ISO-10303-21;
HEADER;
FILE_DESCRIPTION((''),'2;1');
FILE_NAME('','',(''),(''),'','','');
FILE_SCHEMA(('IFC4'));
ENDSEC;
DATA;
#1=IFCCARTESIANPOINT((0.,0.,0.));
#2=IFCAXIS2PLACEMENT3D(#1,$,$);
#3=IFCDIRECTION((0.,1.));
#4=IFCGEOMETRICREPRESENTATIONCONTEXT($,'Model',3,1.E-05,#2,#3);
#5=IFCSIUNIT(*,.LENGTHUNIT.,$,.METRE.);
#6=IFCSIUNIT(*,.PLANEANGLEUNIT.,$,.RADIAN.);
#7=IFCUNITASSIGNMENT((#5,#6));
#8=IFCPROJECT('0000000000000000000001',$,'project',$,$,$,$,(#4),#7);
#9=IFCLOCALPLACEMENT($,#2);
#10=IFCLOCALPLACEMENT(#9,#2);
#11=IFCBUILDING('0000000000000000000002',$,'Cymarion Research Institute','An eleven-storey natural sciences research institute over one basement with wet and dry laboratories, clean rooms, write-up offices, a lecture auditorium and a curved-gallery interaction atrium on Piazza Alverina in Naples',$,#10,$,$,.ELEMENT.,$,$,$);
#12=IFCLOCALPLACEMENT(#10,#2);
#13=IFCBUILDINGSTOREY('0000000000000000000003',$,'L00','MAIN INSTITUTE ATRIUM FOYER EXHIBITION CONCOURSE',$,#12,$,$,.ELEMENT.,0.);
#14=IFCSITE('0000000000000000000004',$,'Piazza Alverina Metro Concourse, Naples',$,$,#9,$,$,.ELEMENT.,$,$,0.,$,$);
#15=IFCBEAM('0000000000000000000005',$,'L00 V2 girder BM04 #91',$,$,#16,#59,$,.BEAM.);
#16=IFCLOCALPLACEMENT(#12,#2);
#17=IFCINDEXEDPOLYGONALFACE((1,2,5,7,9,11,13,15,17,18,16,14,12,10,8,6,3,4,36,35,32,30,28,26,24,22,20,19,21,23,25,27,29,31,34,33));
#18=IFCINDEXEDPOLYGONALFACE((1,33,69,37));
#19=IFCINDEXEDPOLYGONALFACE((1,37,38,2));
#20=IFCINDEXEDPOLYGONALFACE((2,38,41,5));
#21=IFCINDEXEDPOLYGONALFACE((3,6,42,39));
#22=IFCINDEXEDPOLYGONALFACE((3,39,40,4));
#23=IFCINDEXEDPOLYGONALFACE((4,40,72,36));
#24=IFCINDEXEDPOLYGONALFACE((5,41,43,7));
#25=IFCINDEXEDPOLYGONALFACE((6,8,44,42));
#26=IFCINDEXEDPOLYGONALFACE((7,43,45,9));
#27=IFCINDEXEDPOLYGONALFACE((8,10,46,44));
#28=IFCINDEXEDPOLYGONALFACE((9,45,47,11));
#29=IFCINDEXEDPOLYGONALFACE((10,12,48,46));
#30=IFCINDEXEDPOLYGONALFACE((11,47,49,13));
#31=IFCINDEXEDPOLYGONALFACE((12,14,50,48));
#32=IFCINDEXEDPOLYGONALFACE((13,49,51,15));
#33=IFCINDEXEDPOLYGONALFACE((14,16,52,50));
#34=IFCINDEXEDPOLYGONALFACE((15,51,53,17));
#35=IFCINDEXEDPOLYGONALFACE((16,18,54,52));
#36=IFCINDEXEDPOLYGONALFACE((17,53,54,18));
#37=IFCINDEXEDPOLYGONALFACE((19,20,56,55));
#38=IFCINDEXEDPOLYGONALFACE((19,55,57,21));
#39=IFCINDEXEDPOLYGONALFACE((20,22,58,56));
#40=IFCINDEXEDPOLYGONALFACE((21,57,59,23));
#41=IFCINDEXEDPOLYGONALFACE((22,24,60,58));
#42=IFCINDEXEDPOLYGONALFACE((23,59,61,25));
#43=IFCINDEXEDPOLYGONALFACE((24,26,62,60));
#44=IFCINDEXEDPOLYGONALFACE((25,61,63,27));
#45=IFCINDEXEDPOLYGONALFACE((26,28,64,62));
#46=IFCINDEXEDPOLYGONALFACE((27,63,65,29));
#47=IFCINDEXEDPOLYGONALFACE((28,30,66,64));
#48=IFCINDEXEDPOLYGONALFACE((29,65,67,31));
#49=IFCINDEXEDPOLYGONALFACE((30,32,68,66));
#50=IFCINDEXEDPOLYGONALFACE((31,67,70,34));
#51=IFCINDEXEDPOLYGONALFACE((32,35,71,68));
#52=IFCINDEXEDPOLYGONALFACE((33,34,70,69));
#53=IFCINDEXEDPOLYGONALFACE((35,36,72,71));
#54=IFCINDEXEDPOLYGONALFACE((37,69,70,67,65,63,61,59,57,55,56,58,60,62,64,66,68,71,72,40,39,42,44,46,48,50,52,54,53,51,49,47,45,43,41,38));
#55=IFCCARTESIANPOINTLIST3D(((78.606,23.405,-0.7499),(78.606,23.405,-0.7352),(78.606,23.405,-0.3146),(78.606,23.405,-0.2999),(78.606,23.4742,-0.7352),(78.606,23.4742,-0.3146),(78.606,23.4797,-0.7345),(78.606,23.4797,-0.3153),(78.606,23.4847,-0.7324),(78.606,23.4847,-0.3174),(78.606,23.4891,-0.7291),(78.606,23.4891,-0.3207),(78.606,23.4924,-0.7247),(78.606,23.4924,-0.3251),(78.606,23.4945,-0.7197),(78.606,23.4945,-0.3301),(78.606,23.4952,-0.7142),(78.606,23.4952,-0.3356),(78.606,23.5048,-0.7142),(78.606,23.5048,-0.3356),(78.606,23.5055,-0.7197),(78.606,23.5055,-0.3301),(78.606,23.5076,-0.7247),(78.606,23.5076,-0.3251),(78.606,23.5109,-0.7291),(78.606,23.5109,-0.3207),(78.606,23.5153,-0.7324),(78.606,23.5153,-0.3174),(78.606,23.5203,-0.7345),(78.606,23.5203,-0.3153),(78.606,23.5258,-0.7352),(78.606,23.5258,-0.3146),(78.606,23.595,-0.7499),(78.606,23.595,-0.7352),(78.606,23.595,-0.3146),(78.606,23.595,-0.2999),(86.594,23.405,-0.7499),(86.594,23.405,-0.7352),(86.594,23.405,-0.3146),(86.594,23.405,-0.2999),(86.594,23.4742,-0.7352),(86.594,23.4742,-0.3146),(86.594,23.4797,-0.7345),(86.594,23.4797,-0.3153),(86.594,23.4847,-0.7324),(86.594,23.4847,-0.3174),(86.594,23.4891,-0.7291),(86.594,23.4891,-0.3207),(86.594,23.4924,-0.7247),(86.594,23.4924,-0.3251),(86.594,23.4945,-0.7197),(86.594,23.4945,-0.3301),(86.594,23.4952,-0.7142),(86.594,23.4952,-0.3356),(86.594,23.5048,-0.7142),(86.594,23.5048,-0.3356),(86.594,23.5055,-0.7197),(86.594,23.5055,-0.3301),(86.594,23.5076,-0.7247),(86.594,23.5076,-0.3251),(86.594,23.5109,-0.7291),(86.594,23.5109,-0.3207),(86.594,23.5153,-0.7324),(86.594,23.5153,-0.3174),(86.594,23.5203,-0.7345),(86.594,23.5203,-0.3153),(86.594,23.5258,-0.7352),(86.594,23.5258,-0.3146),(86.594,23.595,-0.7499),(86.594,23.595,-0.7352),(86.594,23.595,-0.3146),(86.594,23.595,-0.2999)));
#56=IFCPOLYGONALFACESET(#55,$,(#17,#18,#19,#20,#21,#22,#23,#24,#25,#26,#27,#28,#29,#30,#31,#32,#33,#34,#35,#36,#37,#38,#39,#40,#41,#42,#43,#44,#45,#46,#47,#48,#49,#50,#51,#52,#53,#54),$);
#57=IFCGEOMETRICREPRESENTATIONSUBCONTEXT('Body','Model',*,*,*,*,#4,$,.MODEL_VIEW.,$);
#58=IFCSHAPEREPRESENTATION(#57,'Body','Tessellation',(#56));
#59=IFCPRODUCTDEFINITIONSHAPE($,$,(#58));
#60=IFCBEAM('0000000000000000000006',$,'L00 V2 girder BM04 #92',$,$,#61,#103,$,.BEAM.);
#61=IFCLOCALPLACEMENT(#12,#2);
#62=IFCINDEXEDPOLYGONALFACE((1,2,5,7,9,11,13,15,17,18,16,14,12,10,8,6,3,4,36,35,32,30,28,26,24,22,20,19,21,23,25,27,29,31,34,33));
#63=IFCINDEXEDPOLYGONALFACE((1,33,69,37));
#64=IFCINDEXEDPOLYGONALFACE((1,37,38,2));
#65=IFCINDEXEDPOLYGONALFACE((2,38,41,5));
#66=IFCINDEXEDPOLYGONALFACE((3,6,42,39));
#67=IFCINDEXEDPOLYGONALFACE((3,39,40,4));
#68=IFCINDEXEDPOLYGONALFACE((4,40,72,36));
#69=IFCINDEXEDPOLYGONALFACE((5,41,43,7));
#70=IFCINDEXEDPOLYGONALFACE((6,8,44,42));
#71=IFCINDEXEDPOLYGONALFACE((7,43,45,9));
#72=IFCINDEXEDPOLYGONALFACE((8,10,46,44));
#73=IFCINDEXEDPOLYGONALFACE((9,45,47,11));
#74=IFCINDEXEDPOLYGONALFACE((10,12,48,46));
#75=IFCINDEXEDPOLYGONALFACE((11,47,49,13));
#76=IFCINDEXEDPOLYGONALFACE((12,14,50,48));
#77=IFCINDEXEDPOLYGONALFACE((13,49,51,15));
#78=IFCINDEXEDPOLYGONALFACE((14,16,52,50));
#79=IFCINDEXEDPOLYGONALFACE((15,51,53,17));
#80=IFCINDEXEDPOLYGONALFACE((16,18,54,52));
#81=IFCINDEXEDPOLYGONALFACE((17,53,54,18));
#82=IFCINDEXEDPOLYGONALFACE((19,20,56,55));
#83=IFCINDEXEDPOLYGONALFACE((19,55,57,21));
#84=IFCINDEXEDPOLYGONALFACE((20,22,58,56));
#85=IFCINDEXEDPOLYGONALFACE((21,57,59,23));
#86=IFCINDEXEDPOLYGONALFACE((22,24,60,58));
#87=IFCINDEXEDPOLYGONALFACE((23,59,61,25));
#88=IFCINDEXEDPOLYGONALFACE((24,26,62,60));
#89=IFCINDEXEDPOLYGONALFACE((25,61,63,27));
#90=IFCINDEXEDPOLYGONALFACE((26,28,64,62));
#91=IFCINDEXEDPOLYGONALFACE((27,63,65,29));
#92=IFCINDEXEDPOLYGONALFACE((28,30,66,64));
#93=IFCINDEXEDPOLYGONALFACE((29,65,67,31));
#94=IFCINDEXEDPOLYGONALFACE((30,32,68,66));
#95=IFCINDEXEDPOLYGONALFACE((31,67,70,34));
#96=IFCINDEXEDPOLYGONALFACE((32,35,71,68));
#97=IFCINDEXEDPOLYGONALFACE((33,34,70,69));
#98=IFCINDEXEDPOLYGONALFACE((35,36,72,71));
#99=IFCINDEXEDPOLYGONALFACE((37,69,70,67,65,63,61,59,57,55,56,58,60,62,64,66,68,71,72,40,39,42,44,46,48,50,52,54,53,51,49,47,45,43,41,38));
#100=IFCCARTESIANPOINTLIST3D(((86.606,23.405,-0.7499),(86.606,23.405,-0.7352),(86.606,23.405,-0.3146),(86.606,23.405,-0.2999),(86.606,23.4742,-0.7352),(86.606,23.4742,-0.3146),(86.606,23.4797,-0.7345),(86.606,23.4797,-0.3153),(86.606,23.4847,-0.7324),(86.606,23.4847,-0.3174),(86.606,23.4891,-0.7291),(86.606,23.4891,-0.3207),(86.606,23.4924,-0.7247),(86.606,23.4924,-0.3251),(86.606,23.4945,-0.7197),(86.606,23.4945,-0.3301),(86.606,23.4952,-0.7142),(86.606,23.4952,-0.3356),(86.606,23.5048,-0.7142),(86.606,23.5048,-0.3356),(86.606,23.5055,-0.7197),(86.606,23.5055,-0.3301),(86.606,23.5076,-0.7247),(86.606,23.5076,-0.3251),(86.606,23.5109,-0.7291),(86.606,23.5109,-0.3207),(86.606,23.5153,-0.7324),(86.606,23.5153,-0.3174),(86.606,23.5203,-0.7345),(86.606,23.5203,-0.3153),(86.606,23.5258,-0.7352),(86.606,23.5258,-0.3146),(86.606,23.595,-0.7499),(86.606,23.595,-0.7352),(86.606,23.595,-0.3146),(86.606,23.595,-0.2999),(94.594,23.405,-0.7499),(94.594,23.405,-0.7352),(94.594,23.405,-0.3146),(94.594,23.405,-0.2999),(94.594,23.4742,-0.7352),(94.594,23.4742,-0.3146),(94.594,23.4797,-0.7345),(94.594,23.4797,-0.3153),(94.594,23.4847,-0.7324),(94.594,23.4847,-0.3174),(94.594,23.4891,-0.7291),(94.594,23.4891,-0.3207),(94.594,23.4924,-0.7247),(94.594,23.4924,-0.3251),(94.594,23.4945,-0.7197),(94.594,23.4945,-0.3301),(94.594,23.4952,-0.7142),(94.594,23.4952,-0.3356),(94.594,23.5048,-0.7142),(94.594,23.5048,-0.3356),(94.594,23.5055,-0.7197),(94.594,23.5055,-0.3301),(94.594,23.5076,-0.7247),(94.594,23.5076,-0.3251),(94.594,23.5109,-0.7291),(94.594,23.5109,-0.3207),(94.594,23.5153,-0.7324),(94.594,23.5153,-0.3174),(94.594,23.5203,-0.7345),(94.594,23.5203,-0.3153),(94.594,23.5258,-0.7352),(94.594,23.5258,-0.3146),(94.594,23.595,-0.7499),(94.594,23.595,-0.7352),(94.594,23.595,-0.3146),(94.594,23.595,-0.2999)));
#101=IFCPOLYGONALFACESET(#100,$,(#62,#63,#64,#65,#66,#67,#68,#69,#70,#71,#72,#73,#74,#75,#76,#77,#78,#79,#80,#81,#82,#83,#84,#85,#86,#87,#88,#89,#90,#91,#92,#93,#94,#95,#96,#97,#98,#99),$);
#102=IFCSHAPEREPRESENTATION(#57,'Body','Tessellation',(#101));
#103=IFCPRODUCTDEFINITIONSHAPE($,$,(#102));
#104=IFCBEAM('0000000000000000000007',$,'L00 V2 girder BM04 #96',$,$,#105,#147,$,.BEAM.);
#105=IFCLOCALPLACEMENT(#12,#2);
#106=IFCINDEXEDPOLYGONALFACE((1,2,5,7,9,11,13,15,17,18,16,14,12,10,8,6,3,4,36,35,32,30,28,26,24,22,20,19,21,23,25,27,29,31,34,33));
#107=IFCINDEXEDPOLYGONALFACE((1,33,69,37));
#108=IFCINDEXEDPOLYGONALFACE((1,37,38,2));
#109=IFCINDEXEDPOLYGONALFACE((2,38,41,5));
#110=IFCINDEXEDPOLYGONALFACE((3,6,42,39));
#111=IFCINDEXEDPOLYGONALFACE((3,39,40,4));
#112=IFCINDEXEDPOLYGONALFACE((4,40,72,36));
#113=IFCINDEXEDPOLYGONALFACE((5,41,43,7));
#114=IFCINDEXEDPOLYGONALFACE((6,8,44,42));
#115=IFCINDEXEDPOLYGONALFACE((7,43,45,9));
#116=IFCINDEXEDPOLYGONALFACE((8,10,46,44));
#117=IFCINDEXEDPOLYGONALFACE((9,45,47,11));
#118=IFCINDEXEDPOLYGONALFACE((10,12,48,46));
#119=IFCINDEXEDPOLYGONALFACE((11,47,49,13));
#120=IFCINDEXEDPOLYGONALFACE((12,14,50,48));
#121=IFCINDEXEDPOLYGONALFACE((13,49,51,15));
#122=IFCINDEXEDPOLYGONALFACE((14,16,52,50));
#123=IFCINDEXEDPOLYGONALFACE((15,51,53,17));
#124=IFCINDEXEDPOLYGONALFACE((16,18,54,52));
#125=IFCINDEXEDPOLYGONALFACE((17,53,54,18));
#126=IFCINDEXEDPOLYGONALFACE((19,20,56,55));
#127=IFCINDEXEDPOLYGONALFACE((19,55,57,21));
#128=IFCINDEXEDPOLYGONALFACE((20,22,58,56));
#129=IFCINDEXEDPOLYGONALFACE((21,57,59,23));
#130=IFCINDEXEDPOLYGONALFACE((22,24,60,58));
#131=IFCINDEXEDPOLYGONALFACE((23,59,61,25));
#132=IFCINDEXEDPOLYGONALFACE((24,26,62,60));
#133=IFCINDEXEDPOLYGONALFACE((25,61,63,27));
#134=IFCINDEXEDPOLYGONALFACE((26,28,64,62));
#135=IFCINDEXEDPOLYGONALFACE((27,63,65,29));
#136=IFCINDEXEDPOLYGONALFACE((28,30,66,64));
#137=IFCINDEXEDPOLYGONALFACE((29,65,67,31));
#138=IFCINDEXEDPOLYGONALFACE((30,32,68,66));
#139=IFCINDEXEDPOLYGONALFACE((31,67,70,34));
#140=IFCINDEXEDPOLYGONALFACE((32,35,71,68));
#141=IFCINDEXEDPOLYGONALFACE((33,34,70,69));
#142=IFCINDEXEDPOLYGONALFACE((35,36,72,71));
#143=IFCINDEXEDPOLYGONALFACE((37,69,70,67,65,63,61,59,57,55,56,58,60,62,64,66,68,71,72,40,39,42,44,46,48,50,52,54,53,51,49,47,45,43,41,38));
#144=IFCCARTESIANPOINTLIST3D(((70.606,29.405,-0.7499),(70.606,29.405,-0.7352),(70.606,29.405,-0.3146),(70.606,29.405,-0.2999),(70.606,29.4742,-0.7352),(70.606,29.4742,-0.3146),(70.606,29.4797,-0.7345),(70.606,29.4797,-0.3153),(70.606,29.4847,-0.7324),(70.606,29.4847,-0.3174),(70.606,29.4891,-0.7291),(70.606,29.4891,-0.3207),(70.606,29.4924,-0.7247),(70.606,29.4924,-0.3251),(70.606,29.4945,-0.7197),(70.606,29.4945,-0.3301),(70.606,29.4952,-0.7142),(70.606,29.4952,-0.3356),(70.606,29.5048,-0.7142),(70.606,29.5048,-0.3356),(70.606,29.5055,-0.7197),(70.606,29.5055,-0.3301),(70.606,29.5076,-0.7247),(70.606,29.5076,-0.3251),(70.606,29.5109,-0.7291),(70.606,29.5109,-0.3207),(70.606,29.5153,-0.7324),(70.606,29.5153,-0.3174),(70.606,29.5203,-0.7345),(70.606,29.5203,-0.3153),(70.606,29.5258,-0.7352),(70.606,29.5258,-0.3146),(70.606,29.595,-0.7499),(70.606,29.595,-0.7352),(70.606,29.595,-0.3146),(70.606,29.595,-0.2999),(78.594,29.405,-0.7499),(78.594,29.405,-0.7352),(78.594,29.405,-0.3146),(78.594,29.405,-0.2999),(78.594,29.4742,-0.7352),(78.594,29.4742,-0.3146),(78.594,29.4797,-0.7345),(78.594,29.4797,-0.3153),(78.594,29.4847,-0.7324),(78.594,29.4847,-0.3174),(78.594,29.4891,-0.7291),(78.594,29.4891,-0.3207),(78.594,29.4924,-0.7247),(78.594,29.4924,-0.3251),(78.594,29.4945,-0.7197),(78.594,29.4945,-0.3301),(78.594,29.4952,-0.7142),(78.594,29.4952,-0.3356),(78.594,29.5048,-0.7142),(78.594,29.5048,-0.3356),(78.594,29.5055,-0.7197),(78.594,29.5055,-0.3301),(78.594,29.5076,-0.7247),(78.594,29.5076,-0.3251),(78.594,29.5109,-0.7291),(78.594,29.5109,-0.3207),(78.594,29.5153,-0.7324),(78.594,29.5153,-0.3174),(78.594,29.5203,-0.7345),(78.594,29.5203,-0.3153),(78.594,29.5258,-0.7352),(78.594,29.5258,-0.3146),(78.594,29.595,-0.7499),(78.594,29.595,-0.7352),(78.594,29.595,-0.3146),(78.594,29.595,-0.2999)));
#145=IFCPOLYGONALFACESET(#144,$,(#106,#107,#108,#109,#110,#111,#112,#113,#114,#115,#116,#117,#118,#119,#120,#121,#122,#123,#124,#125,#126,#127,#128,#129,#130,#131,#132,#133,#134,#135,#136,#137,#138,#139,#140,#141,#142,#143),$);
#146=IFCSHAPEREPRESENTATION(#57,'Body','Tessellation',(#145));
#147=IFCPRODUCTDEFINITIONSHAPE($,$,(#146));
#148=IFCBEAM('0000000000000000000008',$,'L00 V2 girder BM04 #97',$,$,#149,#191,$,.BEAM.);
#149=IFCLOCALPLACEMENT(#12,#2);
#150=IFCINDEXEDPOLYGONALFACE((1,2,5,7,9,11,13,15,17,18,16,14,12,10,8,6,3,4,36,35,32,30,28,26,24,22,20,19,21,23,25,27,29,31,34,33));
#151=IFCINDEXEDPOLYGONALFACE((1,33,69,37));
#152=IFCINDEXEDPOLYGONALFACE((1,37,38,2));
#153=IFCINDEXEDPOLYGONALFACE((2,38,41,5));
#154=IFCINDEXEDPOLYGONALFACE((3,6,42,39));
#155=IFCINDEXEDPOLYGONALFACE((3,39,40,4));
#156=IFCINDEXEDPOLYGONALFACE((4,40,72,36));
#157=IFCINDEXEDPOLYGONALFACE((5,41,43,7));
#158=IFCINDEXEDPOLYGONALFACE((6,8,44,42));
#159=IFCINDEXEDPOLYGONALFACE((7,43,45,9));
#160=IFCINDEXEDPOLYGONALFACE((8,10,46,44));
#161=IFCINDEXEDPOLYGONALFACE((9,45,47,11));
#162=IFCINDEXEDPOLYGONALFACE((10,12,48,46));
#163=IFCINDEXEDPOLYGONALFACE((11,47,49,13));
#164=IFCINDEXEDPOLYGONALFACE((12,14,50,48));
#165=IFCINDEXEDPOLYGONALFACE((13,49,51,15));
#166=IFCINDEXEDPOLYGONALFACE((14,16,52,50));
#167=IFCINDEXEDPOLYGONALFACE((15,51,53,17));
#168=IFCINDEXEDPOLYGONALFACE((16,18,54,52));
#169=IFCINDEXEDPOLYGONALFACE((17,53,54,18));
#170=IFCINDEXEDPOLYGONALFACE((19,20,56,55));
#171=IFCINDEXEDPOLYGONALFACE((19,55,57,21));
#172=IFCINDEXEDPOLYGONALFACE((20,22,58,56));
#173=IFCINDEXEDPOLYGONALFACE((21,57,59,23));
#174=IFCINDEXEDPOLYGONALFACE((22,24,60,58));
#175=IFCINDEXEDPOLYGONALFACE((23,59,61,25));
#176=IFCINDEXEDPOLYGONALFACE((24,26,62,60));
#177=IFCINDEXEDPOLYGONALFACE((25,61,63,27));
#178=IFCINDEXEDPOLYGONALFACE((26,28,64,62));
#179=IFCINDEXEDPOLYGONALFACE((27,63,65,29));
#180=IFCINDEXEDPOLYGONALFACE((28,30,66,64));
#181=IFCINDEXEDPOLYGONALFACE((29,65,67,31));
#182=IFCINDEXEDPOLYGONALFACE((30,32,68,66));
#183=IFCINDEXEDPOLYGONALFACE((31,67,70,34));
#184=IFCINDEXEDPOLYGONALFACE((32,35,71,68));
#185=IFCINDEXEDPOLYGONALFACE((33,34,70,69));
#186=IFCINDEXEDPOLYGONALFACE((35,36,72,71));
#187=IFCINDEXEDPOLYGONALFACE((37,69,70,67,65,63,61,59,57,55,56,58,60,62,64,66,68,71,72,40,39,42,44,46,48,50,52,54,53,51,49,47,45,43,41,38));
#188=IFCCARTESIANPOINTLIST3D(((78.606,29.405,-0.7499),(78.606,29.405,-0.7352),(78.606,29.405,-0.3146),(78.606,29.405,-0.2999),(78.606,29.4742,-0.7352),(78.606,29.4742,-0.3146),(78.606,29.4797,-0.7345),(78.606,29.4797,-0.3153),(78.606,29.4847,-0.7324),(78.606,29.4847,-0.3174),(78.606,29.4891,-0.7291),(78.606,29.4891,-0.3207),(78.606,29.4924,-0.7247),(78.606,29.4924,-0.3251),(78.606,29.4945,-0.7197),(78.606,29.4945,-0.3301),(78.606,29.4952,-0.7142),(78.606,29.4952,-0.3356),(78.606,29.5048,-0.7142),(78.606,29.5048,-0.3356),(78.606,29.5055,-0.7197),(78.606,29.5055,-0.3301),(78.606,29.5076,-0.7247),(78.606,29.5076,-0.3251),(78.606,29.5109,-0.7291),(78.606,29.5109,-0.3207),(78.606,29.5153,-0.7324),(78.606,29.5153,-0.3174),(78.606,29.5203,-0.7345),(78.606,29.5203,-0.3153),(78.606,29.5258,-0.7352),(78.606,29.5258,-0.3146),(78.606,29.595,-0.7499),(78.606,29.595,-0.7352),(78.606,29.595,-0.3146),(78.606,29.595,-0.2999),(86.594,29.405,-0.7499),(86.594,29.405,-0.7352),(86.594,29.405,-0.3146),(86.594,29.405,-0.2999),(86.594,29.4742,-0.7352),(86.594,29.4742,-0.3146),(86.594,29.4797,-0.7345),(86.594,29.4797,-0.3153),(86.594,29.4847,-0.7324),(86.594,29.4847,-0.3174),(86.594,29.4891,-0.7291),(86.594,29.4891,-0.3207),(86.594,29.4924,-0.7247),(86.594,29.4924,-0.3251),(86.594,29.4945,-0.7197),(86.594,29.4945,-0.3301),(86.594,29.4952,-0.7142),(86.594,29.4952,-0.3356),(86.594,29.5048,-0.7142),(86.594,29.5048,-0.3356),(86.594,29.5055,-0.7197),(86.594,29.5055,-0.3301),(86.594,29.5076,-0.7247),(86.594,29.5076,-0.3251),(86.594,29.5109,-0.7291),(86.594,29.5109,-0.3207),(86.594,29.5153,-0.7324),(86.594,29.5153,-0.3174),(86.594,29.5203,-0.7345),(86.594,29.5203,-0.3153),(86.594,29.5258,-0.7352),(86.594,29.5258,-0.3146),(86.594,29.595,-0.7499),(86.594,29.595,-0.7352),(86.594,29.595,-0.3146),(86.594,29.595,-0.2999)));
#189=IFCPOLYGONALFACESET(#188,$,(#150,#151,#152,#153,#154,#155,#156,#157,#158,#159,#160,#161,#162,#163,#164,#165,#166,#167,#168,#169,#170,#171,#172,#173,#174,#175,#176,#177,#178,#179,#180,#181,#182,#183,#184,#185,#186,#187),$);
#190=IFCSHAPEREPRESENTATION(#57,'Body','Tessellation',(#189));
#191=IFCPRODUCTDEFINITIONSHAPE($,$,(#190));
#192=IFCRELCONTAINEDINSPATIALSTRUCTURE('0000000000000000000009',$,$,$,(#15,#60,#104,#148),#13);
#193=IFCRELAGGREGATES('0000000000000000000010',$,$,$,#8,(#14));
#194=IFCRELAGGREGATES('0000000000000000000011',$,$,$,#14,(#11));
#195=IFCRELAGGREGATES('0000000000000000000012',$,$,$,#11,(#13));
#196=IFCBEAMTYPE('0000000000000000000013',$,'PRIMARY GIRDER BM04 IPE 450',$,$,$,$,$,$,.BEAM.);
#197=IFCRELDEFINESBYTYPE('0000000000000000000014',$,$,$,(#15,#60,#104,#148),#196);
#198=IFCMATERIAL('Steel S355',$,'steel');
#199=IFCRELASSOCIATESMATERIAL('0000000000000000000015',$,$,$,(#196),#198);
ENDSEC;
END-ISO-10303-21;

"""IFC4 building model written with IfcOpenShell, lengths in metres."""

from ifc_helpers import new_model, si_unit, direction, frame, origin, origin_2d, place, context, subcontext, project, spatial, i_section, extrude, material, material_profile, profile_set, type_object, element, save


model = new_model("IFC4")

# Units and contexts
model_context = context("Model", 3, precision=1e-05, world=origin(), true_north=direction((0.0, 1.0)))
body_context = subcontext(model_context, "Body", "Model", "MODEL_VIEW")
ifc_project = project(units=[si_unit("LENGTHUNIT", "METRE"), si_unit("PLANEANGLEUNIT", "RADIAN")], contexts=[model_context])

# Site, building, storey
site_placement = place(None, origin())
site = spatial("IfcSite", under=ifc_project, at=site_placement, Name="Piazza Alverina Metro Concourse, Naples", CompositionType="ELEMENT", RefElevation=0.0)
building_placement = place(site_placement, origin())
building = spatial("IfcBuilding", under=site, at=building_placement, Name="Cymarion Research Institute", Description="An eleven-storey natural sciences research institute over one basement with wet and dry laboratories, clean rooms, write-up offices, a lecture auditorium and a curved-gallery interaction atrium on Piazza Alverina in Naples", CompositionType="ELEMENT")
storey_placement = place(building_placement, origin())
storey = spatial("IfcBuildingStorey", under=building, at=storey_placement, Name="L00", Description="MAIN INSTITUTE ATRIUM FOYER EXHIBITION CONCOURSE", CompositionType="ELEMENT", Elevation=0.0)

# Beams
ifc_material = material(Name="Steel S355", Category="steel")
ifc_material_profile_1 = material_profile(ifc_material, i_section(OverallWidth=0.1899, OverallDepth=0.45, WebThickness=0.0095, FlangeThickness=0.0146, FilletRadius=0.021, at=origin_2d()), Name="IPE 450")
ifc_profile_set_1 = profile_set([ifc_material_profile_1], Name="Steel S355")
beam_type_1 = type_object("IfcBeamType", Name="PRIMARY GIRDER BM04 IPE 450", PredefinedType="BEAM", material=ifc_profile_set_1)
for number, where, z_axis, x_axis, name in (
    (1, (78.606, 23.5, -0.5249), (1.0, 0.0, 0.0), (0.0, 1.0, 0.0), "L00 V2 girder BM04 #91"),
    (2, (86.606, 23.5, -0.5249), (1.0, 0.0, 0.0), (0.0, 1.0, 0.0), "L00 V2 girder BM04 #92"),
    (3, (70.606, 29.5, -0.5249), (1.0, 0.0, 0.0), (0.0, 1.0, 0.0), "L00 V2 girder BM04 #96"),
    (4, (78.606, 29.5, -0.5249), (1.0, 0.0, 0.0), (0.0, 1.0, 0.0), "L00 V2 girder BM04 #97"),
):
    element("IfcBeam", number, at=place(storey_placement, frame(where, z_axis=z_axis, x_axis=x_axis)), inside=storey, type_object=beam_type_1, Name=name, PredefinedType="BEAM", context=body_context, shape_type="SweptSolid", body=[
        extrude(i_section(OverallWidth=0.1899, OverallDepth=0.45, WebThickness=0.0095, FlangeThickness=0.0146, FilletRadius=0.021, at=origin_2d()), origin(), (0.0, 0.0, 1.0), 7.988),
    ])

save(model, "model.ifc")
